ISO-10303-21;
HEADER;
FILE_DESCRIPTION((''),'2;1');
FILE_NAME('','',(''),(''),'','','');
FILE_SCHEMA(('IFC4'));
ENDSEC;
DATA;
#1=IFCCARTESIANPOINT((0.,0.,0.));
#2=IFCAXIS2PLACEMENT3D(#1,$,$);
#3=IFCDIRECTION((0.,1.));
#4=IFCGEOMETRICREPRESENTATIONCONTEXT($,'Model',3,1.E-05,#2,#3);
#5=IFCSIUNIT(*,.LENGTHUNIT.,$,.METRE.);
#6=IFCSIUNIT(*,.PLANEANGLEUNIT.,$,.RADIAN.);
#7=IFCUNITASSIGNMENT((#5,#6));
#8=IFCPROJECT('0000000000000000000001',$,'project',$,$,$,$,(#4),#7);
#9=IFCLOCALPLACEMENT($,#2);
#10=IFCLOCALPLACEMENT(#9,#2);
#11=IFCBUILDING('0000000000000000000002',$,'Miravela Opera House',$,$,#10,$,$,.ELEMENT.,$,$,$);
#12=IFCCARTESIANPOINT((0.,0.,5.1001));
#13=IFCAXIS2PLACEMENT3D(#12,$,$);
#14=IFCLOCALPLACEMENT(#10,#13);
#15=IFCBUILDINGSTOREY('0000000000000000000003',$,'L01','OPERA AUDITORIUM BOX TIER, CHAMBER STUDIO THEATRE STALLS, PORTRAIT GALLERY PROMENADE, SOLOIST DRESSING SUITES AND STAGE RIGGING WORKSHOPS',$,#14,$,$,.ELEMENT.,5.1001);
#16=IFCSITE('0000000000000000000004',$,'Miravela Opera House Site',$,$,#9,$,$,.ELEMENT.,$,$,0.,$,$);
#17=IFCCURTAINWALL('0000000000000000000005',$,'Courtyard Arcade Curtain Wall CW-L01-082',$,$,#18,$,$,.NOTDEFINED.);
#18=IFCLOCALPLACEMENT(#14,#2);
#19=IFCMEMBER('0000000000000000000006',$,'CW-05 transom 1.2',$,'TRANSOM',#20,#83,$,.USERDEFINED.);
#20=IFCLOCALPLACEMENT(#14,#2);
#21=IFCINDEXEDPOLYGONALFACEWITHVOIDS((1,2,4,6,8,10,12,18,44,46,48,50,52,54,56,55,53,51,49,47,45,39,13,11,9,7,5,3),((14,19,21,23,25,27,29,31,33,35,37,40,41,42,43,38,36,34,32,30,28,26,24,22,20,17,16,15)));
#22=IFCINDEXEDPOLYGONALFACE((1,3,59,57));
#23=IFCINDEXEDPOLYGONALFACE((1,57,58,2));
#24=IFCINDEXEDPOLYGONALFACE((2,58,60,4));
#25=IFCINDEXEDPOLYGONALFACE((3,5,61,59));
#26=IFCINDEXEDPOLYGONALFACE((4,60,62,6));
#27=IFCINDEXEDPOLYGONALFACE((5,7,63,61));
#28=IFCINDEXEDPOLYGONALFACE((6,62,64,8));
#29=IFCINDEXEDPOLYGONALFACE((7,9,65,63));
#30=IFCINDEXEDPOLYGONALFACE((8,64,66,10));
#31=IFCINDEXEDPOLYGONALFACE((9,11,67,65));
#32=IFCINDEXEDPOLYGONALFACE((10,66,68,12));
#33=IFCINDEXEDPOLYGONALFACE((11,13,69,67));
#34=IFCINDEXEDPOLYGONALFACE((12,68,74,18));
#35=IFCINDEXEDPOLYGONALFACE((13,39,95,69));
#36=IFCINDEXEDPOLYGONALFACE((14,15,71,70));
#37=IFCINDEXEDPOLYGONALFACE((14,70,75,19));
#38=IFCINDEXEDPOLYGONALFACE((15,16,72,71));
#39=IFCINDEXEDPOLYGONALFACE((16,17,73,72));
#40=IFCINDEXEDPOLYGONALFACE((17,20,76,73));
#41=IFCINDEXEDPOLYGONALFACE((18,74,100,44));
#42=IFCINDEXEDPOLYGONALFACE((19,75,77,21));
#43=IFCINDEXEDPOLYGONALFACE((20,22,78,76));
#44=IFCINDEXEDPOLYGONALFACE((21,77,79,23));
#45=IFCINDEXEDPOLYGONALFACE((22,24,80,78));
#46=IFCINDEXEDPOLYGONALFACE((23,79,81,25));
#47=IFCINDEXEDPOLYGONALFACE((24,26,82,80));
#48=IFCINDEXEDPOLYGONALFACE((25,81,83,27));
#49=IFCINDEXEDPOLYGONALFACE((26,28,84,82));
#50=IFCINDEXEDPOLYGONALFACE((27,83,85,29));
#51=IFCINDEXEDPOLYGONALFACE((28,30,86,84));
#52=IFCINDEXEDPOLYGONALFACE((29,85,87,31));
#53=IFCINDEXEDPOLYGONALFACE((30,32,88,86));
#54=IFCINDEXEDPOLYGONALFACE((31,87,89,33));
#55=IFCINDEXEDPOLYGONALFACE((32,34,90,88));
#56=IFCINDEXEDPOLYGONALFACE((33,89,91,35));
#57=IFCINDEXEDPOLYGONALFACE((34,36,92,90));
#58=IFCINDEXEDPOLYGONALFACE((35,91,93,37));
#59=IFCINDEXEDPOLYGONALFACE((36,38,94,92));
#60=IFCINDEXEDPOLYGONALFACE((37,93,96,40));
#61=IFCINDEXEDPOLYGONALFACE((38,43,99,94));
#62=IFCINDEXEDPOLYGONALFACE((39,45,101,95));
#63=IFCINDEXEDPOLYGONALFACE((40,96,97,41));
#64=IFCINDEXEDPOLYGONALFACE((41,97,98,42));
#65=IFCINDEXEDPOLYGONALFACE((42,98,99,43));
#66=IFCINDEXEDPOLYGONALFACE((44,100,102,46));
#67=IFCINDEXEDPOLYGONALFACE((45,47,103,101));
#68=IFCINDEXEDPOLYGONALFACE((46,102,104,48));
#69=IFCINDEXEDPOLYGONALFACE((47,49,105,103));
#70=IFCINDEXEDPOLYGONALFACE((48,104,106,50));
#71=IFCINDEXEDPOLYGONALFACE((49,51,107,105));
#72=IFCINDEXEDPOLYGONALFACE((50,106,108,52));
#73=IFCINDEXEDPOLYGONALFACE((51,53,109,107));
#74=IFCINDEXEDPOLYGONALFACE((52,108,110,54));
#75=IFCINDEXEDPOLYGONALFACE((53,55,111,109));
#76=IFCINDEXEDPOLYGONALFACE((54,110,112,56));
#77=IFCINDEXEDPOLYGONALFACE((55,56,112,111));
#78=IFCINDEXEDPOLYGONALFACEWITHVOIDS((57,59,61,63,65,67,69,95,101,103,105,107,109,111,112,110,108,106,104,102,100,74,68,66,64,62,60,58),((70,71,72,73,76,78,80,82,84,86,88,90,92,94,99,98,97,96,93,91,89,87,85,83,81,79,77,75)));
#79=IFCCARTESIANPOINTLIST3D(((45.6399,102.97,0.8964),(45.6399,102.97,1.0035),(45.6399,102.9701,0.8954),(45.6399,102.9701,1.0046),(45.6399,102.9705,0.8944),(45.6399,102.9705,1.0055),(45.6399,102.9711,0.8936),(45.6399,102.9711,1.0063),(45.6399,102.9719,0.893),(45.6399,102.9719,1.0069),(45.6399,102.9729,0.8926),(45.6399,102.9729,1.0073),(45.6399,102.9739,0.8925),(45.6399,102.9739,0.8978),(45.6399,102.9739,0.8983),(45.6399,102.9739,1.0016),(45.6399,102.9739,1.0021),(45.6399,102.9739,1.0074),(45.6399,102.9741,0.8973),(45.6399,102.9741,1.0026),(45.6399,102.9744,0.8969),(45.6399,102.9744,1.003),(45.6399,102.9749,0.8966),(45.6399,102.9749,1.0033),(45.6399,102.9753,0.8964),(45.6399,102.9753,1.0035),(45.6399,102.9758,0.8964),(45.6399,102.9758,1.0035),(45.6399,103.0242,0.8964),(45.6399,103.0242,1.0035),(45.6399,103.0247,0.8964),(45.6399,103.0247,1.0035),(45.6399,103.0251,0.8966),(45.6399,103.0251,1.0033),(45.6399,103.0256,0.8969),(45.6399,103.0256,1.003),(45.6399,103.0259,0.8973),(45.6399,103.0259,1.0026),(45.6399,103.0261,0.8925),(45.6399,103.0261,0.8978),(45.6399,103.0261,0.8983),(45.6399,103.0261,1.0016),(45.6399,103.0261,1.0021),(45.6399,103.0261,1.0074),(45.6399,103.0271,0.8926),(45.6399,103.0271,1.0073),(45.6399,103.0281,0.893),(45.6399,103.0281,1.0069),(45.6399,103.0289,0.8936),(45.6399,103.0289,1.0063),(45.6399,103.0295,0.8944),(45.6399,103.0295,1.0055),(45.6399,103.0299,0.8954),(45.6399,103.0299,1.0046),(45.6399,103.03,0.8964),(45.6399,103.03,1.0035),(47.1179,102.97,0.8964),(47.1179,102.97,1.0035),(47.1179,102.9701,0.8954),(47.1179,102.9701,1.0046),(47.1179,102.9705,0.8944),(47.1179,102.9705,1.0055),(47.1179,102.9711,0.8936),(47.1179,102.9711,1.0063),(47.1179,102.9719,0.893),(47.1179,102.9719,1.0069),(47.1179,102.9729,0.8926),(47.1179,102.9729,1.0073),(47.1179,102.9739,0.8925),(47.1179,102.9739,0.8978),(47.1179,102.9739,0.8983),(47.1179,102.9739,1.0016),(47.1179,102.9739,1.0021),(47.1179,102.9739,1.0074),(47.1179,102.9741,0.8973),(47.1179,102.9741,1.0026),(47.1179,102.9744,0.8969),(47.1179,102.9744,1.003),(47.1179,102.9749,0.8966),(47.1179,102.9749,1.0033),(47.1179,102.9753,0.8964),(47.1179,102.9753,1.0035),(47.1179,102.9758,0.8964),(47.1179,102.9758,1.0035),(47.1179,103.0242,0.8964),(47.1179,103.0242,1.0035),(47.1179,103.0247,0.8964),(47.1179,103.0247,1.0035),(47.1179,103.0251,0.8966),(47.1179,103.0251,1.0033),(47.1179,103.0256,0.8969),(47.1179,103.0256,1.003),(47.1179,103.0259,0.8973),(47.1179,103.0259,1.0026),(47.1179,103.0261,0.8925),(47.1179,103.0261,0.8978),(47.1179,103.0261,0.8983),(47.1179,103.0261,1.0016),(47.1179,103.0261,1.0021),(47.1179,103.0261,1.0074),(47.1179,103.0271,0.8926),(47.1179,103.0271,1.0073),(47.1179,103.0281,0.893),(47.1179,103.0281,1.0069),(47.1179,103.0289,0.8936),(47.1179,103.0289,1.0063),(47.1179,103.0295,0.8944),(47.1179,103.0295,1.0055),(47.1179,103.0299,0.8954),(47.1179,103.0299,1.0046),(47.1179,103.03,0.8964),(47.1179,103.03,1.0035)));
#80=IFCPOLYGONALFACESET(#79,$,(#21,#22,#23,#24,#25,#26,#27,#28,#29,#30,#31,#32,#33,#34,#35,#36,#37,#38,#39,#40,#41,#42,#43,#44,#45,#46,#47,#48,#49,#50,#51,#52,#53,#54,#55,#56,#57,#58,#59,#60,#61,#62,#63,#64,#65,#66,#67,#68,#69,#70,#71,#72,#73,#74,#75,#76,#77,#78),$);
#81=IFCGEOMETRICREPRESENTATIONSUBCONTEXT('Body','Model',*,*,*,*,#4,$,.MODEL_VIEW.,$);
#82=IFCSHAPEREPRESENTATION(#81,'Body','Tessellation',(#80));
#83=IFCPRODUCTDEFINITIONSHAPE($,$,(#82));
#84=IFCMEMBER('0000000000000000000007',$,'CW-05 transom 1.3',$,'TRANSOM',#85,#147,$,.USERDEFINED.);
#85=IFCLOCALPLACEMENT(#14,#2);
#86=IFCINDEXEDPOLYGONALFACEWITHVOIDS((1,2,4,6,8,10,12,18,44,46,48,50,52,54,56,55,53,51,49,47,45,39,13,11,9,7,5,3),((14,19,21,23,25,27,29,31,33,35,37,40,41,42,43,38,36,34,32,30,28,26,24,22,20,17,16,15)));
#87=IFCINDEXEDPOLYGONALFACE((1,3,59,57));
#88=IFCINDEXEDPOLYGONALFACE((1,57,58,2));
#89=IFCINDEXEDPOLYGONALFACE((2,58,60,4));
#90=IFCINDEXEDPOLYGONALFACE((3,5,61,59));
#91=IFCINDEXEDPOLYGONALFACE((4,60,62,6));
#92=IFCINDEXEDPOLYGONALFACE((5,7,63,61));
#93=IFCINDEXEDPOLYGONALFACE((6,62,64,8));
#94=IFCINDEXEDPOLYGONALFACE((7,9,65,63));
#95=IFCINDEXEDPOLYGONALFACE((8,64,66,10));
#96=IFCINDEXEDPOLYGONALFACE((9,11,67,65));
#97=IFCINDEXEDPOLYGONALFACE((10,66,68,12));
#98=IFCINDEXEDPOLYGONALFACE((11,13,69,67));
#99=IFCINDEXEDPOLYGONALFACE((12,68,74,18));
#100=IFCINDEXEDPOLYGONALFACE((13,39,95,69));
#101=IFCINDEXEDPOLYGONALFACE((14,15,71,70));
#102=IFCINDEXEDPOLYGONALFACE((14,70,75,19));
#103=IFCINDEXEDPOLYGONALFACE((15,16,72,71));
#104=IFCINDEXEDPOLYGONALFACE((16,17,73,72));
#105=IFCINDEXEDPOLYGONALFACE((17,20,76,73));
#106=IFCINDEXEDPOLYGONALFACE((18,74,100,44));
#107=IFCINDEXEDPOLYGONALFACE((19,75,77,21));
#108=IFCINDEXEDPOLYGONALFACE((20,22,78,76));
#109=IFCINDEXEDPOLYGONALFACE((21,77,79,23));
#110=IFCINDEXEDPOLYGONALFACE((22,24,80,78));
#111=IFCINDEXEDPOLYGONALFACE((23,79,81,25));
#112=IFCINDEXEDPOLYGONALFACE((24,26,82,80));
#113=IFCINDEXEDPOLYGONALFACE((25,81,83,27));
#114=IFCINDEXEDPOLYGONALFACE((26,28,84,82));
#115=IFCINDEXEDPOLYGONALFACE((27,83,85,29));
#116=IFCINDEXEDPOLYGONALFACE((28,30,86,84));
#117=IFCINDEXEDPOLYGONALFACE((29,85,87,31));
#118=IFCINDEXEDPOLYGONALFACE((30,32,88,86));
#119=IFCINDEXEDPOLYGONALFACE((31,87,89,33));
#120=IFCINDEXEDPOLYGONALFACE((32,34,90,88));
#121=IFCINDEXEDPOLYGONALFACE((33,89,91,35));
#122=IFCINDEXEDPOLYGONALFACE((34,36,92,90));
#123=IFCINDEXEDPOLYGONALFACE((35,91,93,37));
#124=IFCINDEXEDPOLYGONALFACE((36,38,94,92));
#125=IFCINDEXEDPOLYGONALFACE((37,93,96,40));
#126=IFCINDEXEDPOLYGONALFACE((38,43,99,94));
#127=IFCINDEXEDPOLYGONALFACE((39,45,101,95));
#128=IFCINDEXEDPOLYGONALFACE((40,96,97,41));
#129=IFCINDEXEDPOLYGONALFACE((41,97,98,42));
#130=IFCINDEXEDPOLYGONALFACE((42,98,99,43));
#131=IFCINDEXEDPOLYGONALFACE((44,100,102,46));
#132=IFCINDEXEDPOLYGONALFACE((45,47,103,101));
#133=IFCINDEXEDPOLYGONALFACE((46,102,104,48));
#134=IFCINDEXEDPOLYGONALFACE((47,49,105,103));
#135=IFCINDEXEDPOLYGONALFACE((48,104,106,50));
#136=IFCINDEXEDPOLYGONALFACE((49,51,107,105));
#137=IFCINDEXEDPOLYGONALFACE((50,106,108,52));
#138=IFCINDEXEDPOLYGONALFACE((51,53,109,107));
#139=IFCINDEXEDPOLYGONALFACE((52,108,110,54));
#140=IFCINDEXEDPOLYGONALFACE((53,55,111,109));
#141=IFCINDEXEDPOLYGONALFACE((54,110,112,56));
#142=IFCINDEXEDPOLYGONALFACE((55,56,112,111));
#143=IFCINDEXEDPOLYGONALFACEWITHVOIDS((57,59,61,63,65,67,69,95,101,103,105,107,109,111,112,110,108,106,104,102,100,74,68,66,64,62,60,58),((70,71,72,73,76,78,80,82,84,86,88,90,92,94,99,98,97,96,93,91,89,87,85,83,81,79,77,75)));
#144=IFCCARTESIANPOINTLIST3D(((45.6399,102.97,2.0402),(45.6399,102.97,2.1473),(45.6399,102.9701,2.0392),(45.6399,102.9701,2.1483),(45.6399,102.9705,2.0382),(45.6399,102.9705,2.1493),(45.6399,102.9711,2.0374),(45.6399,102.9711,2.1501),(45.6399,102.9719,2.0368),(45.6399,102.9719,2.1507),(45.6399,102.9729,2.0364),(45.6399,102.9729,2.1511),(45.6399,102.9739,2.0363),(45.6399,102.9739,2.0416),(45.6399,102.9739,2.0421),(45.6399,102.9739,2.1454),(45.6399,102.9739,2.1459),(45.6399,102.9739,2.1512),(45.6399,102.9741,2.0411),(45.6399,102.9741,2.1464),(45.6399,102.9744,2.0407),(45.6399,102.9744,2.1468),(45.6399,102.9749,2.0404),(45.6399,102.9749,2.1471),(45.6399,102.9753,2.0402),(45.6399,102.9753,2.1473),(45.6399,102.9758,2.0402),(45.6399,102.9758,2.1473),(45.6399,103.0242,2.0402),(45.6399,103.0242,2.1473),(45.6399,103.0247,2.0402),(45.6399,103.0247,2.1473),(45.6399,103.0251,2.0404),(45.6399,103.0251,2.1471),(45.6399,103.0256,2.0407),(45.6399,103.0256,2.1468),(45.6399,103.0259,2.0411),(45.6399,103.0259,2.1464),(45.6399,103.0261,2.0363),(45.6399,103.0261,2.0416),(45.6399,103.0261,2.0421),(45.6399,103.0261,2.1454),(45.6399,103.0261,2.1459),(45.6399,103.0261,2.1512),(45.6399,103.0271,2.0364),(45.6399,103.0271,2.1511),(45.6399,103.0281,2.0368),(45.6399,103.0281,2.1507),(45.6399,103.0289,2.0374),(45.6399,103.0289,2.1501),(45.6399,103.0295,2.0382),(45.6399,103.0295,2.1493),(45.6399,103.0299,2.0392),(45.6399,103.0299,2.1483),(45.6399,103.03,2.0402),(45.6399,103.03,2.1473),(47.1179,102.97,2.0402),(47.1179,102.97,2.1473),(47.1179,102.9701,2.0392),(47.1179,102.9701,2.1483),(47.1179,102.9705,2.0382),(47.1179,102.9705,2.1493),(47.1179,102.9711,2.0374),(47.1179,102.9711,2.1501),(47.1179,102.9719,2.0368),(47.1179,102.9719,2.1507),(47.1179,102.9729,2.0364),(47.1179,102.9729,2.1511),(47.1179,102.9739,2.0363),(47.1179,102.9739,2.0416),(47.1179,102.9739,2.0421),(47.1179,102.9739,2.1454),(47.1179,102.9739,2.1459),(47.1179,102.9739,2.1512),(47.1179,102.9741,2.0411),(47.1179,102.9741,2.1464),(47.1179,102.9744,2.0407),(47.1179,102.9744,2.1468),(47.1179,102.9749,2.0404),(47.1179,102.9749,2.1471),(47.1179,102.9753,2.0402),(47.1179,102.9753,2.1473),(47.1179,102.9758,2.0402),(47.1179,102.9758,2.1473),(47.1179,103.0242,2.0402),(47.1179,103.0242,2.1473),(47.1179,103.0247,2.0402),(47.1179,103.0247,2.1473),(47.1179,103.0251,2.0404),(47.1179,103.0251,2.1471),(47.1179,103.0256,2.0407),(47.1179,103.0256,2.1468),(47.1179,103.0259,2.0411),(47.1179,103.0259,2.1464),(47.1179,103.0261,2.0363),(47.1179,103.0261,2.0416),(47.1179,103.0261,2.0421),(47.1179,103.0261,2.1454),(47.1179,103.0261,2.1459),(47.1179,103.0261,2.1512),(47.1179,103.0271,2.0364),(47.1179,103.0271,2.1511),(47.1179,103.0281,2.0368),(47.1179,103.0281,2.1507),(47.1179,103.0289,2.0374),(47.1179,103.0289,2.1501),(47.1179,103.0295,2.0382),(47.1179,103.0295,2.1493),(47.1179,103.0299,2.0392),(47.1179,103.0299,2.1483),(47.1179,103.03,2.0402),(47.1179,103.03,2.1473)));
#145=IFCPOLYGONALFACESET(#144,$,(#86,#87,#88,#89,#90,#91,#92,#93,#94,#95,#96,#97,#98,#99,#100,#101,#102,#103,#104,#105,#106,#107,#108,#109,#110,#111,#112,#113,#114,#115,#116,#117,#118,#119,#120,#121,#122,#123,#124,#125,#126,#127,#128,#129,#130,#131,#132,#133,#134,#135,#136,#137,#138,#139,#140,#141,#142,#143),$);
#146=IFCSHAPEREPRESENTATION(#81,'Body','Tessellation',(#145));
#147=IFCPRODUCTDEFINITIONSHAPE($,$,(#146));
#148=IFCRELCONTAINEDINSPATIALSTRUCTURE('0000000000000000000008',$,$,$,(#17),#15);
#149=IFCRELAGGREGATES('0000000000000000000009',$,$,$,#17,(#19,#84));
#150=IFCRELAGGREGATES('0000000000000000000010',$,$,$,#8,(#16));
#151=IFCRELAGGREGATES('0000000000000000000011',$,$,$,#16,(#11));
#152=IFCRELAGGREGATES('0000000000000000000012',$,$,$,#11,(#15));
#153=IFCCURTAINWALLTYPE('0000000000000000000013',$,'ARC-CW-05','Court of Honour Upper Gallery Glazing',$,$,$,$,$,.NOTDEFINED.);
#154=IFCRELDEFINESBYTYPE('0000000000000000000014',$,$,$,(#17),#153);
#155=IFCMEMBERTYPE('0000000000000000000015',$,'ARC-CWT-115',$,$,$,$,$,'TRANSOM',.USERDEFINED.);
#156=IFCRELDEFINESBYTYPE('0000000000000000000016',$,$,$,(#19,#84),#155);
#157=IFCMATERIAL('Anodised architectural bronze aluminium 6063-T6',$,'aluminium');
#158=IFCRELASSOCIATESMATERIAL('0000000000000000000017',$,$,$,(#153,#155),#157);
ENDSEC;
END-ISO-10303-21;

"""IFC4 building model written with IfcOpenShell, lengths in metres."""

from ifc_helpers import new_model, si_unit, direction, frame, origin, origin_2d, place, context, subcontext, project, spatial, hollow_rectangle, extrude, material, material_profile, profile_set, type_object, element, aggregate, save


model = new_model("IFC4")

# Units and contexts
model_context = context("Model", 3, precision=1e-05, world=origin(), true_north=direction((0.0, 1.0)))
body_context = subcontext(model_context, "Body", "Model", "MODEL_VIEW")
ifc_project = project(units=[si_unit("LENGTHUNIT", "METRE"), si_unit("PLANEANGLEUNIT", "RADIAN")], contexts=[model_context])

# Site, building, storey
site_placement = place(None, origin())
site = spatial("IfcSite", under=ifc_project, at=site_placement, Name="Miravela Opera House Site", CompositionType="ELEMENT", RefElevation=0.0)
building_placement = place(site_placement, origin())
building = spatial("IfcBuilding", under=site, at=building_placement, Name="Miravela Opera House", CompositionType="ELEMENT")
storey_placement = place(building_placement, frame((0.0, 0.0, 5.1001)))
storey = spatial("IfcBuildingStorey", under=building, at=storey_placement, Name="L01", Description="OPERA AUDITORIUM BOX TIER, CHAMBER STUDIO THEATRE STALLS, PORTRAIT GALLERY PROMENADE, SOLOIST DRESSING SUITES AND STAGE RIGGING WORKSHOPS", CompositionType="ELEMENT", Elevation=5.1001)

# Curtain wall, members
ifc_material_1 = material(Name="Anodised architectural bronze aluminium 6063-T6", Category="aluminium")
curtain_wall_type = type_object("IfcCurtainWallType", Name="ARC-CW-05", Description="Court of Honour Upper Gallery Glazing", PredefinedType="NOTDEFINED", material=ifc_material_1)
curtain_wall_placement = place(storey_placement, origin())
curtain_wall = element("IfcCurtainWall", 1, at=curtain_wall_placement, inside=storey, type_object=curtain_wall_type, Name="Courtyard Arcade Curtain Wall CW-L01-082", PredefinedType="NOTDEFINED")
ifc_material_profile_1 = material_profile(ifc_material_1, hollow_rectangle(XDim=0.0601, YDim=0.115, WallThickness=0.0039, InnerFilletRadius=0.002, OuterFilletRadius=0.0039, at=origin_2d()), Name="CWT-60X115")
ifc_profile_set_1 = profile_set([ifc_material_profile_1])
member_type_1 = type_object("IfcMemberType", Name="ARC-CWT-115", ElementType="TRANSOM", PredefinedType="USERDEFINED", material=ifc_profile_set_1)
member_1_placement = place(storey_placement, frame((45.6399, 103.0, 0.95), z_axis=(1.0, 0.0, 0.0), x_axis=(0.0, 1.0, 0.0)))
member_1 = element("IfcMember", 2, at=member_1_placement, type_object=member_type_1, Name="CW-05 transom 1.2", ObjectType="TRANSOM", PredefinedType="USERDEFINED", context=body_context, shape_type="SweptSolid", body=[
    extrude(hollow_rectangle(XDim=0.0601, YDim=0.115, WallThickness=0.0039, InnerFilletRadius=0.002, OuterFilletRadius=0.0039, at=origin_2d()), origin(), (0.0, 0.0, 1.0), 1.478),
])
member_2_placement = place(storey_placement, frame((45.6399, 103.0, 2.0938), z_axis=(1.0, 0.0, 0.0), x_axis=(0.0, 1.0, 0.0)))
member_2 = element("IfcMember", 3, at=member_2_placement, type_object=member_type_1, Name="CW-05 transom 1.3", ObjectType="TRANSOM", PredefinedType="USERDEFINED", context=body_context, shape_type="SweptSolid", body=[
    extrude(hollow_rectangle(XDim=0.0601, YDim=0.115, WallThickness=0.0039, InnerFilletRadius=0.002, OuterFilletRadius=0.0039, at=origin_2d()), origin(), (0.0, 0.0, 1.0), 1.478),
])

aggregate(curtain_wall, [member_1, member_2])

save(model, "model.ifc")
